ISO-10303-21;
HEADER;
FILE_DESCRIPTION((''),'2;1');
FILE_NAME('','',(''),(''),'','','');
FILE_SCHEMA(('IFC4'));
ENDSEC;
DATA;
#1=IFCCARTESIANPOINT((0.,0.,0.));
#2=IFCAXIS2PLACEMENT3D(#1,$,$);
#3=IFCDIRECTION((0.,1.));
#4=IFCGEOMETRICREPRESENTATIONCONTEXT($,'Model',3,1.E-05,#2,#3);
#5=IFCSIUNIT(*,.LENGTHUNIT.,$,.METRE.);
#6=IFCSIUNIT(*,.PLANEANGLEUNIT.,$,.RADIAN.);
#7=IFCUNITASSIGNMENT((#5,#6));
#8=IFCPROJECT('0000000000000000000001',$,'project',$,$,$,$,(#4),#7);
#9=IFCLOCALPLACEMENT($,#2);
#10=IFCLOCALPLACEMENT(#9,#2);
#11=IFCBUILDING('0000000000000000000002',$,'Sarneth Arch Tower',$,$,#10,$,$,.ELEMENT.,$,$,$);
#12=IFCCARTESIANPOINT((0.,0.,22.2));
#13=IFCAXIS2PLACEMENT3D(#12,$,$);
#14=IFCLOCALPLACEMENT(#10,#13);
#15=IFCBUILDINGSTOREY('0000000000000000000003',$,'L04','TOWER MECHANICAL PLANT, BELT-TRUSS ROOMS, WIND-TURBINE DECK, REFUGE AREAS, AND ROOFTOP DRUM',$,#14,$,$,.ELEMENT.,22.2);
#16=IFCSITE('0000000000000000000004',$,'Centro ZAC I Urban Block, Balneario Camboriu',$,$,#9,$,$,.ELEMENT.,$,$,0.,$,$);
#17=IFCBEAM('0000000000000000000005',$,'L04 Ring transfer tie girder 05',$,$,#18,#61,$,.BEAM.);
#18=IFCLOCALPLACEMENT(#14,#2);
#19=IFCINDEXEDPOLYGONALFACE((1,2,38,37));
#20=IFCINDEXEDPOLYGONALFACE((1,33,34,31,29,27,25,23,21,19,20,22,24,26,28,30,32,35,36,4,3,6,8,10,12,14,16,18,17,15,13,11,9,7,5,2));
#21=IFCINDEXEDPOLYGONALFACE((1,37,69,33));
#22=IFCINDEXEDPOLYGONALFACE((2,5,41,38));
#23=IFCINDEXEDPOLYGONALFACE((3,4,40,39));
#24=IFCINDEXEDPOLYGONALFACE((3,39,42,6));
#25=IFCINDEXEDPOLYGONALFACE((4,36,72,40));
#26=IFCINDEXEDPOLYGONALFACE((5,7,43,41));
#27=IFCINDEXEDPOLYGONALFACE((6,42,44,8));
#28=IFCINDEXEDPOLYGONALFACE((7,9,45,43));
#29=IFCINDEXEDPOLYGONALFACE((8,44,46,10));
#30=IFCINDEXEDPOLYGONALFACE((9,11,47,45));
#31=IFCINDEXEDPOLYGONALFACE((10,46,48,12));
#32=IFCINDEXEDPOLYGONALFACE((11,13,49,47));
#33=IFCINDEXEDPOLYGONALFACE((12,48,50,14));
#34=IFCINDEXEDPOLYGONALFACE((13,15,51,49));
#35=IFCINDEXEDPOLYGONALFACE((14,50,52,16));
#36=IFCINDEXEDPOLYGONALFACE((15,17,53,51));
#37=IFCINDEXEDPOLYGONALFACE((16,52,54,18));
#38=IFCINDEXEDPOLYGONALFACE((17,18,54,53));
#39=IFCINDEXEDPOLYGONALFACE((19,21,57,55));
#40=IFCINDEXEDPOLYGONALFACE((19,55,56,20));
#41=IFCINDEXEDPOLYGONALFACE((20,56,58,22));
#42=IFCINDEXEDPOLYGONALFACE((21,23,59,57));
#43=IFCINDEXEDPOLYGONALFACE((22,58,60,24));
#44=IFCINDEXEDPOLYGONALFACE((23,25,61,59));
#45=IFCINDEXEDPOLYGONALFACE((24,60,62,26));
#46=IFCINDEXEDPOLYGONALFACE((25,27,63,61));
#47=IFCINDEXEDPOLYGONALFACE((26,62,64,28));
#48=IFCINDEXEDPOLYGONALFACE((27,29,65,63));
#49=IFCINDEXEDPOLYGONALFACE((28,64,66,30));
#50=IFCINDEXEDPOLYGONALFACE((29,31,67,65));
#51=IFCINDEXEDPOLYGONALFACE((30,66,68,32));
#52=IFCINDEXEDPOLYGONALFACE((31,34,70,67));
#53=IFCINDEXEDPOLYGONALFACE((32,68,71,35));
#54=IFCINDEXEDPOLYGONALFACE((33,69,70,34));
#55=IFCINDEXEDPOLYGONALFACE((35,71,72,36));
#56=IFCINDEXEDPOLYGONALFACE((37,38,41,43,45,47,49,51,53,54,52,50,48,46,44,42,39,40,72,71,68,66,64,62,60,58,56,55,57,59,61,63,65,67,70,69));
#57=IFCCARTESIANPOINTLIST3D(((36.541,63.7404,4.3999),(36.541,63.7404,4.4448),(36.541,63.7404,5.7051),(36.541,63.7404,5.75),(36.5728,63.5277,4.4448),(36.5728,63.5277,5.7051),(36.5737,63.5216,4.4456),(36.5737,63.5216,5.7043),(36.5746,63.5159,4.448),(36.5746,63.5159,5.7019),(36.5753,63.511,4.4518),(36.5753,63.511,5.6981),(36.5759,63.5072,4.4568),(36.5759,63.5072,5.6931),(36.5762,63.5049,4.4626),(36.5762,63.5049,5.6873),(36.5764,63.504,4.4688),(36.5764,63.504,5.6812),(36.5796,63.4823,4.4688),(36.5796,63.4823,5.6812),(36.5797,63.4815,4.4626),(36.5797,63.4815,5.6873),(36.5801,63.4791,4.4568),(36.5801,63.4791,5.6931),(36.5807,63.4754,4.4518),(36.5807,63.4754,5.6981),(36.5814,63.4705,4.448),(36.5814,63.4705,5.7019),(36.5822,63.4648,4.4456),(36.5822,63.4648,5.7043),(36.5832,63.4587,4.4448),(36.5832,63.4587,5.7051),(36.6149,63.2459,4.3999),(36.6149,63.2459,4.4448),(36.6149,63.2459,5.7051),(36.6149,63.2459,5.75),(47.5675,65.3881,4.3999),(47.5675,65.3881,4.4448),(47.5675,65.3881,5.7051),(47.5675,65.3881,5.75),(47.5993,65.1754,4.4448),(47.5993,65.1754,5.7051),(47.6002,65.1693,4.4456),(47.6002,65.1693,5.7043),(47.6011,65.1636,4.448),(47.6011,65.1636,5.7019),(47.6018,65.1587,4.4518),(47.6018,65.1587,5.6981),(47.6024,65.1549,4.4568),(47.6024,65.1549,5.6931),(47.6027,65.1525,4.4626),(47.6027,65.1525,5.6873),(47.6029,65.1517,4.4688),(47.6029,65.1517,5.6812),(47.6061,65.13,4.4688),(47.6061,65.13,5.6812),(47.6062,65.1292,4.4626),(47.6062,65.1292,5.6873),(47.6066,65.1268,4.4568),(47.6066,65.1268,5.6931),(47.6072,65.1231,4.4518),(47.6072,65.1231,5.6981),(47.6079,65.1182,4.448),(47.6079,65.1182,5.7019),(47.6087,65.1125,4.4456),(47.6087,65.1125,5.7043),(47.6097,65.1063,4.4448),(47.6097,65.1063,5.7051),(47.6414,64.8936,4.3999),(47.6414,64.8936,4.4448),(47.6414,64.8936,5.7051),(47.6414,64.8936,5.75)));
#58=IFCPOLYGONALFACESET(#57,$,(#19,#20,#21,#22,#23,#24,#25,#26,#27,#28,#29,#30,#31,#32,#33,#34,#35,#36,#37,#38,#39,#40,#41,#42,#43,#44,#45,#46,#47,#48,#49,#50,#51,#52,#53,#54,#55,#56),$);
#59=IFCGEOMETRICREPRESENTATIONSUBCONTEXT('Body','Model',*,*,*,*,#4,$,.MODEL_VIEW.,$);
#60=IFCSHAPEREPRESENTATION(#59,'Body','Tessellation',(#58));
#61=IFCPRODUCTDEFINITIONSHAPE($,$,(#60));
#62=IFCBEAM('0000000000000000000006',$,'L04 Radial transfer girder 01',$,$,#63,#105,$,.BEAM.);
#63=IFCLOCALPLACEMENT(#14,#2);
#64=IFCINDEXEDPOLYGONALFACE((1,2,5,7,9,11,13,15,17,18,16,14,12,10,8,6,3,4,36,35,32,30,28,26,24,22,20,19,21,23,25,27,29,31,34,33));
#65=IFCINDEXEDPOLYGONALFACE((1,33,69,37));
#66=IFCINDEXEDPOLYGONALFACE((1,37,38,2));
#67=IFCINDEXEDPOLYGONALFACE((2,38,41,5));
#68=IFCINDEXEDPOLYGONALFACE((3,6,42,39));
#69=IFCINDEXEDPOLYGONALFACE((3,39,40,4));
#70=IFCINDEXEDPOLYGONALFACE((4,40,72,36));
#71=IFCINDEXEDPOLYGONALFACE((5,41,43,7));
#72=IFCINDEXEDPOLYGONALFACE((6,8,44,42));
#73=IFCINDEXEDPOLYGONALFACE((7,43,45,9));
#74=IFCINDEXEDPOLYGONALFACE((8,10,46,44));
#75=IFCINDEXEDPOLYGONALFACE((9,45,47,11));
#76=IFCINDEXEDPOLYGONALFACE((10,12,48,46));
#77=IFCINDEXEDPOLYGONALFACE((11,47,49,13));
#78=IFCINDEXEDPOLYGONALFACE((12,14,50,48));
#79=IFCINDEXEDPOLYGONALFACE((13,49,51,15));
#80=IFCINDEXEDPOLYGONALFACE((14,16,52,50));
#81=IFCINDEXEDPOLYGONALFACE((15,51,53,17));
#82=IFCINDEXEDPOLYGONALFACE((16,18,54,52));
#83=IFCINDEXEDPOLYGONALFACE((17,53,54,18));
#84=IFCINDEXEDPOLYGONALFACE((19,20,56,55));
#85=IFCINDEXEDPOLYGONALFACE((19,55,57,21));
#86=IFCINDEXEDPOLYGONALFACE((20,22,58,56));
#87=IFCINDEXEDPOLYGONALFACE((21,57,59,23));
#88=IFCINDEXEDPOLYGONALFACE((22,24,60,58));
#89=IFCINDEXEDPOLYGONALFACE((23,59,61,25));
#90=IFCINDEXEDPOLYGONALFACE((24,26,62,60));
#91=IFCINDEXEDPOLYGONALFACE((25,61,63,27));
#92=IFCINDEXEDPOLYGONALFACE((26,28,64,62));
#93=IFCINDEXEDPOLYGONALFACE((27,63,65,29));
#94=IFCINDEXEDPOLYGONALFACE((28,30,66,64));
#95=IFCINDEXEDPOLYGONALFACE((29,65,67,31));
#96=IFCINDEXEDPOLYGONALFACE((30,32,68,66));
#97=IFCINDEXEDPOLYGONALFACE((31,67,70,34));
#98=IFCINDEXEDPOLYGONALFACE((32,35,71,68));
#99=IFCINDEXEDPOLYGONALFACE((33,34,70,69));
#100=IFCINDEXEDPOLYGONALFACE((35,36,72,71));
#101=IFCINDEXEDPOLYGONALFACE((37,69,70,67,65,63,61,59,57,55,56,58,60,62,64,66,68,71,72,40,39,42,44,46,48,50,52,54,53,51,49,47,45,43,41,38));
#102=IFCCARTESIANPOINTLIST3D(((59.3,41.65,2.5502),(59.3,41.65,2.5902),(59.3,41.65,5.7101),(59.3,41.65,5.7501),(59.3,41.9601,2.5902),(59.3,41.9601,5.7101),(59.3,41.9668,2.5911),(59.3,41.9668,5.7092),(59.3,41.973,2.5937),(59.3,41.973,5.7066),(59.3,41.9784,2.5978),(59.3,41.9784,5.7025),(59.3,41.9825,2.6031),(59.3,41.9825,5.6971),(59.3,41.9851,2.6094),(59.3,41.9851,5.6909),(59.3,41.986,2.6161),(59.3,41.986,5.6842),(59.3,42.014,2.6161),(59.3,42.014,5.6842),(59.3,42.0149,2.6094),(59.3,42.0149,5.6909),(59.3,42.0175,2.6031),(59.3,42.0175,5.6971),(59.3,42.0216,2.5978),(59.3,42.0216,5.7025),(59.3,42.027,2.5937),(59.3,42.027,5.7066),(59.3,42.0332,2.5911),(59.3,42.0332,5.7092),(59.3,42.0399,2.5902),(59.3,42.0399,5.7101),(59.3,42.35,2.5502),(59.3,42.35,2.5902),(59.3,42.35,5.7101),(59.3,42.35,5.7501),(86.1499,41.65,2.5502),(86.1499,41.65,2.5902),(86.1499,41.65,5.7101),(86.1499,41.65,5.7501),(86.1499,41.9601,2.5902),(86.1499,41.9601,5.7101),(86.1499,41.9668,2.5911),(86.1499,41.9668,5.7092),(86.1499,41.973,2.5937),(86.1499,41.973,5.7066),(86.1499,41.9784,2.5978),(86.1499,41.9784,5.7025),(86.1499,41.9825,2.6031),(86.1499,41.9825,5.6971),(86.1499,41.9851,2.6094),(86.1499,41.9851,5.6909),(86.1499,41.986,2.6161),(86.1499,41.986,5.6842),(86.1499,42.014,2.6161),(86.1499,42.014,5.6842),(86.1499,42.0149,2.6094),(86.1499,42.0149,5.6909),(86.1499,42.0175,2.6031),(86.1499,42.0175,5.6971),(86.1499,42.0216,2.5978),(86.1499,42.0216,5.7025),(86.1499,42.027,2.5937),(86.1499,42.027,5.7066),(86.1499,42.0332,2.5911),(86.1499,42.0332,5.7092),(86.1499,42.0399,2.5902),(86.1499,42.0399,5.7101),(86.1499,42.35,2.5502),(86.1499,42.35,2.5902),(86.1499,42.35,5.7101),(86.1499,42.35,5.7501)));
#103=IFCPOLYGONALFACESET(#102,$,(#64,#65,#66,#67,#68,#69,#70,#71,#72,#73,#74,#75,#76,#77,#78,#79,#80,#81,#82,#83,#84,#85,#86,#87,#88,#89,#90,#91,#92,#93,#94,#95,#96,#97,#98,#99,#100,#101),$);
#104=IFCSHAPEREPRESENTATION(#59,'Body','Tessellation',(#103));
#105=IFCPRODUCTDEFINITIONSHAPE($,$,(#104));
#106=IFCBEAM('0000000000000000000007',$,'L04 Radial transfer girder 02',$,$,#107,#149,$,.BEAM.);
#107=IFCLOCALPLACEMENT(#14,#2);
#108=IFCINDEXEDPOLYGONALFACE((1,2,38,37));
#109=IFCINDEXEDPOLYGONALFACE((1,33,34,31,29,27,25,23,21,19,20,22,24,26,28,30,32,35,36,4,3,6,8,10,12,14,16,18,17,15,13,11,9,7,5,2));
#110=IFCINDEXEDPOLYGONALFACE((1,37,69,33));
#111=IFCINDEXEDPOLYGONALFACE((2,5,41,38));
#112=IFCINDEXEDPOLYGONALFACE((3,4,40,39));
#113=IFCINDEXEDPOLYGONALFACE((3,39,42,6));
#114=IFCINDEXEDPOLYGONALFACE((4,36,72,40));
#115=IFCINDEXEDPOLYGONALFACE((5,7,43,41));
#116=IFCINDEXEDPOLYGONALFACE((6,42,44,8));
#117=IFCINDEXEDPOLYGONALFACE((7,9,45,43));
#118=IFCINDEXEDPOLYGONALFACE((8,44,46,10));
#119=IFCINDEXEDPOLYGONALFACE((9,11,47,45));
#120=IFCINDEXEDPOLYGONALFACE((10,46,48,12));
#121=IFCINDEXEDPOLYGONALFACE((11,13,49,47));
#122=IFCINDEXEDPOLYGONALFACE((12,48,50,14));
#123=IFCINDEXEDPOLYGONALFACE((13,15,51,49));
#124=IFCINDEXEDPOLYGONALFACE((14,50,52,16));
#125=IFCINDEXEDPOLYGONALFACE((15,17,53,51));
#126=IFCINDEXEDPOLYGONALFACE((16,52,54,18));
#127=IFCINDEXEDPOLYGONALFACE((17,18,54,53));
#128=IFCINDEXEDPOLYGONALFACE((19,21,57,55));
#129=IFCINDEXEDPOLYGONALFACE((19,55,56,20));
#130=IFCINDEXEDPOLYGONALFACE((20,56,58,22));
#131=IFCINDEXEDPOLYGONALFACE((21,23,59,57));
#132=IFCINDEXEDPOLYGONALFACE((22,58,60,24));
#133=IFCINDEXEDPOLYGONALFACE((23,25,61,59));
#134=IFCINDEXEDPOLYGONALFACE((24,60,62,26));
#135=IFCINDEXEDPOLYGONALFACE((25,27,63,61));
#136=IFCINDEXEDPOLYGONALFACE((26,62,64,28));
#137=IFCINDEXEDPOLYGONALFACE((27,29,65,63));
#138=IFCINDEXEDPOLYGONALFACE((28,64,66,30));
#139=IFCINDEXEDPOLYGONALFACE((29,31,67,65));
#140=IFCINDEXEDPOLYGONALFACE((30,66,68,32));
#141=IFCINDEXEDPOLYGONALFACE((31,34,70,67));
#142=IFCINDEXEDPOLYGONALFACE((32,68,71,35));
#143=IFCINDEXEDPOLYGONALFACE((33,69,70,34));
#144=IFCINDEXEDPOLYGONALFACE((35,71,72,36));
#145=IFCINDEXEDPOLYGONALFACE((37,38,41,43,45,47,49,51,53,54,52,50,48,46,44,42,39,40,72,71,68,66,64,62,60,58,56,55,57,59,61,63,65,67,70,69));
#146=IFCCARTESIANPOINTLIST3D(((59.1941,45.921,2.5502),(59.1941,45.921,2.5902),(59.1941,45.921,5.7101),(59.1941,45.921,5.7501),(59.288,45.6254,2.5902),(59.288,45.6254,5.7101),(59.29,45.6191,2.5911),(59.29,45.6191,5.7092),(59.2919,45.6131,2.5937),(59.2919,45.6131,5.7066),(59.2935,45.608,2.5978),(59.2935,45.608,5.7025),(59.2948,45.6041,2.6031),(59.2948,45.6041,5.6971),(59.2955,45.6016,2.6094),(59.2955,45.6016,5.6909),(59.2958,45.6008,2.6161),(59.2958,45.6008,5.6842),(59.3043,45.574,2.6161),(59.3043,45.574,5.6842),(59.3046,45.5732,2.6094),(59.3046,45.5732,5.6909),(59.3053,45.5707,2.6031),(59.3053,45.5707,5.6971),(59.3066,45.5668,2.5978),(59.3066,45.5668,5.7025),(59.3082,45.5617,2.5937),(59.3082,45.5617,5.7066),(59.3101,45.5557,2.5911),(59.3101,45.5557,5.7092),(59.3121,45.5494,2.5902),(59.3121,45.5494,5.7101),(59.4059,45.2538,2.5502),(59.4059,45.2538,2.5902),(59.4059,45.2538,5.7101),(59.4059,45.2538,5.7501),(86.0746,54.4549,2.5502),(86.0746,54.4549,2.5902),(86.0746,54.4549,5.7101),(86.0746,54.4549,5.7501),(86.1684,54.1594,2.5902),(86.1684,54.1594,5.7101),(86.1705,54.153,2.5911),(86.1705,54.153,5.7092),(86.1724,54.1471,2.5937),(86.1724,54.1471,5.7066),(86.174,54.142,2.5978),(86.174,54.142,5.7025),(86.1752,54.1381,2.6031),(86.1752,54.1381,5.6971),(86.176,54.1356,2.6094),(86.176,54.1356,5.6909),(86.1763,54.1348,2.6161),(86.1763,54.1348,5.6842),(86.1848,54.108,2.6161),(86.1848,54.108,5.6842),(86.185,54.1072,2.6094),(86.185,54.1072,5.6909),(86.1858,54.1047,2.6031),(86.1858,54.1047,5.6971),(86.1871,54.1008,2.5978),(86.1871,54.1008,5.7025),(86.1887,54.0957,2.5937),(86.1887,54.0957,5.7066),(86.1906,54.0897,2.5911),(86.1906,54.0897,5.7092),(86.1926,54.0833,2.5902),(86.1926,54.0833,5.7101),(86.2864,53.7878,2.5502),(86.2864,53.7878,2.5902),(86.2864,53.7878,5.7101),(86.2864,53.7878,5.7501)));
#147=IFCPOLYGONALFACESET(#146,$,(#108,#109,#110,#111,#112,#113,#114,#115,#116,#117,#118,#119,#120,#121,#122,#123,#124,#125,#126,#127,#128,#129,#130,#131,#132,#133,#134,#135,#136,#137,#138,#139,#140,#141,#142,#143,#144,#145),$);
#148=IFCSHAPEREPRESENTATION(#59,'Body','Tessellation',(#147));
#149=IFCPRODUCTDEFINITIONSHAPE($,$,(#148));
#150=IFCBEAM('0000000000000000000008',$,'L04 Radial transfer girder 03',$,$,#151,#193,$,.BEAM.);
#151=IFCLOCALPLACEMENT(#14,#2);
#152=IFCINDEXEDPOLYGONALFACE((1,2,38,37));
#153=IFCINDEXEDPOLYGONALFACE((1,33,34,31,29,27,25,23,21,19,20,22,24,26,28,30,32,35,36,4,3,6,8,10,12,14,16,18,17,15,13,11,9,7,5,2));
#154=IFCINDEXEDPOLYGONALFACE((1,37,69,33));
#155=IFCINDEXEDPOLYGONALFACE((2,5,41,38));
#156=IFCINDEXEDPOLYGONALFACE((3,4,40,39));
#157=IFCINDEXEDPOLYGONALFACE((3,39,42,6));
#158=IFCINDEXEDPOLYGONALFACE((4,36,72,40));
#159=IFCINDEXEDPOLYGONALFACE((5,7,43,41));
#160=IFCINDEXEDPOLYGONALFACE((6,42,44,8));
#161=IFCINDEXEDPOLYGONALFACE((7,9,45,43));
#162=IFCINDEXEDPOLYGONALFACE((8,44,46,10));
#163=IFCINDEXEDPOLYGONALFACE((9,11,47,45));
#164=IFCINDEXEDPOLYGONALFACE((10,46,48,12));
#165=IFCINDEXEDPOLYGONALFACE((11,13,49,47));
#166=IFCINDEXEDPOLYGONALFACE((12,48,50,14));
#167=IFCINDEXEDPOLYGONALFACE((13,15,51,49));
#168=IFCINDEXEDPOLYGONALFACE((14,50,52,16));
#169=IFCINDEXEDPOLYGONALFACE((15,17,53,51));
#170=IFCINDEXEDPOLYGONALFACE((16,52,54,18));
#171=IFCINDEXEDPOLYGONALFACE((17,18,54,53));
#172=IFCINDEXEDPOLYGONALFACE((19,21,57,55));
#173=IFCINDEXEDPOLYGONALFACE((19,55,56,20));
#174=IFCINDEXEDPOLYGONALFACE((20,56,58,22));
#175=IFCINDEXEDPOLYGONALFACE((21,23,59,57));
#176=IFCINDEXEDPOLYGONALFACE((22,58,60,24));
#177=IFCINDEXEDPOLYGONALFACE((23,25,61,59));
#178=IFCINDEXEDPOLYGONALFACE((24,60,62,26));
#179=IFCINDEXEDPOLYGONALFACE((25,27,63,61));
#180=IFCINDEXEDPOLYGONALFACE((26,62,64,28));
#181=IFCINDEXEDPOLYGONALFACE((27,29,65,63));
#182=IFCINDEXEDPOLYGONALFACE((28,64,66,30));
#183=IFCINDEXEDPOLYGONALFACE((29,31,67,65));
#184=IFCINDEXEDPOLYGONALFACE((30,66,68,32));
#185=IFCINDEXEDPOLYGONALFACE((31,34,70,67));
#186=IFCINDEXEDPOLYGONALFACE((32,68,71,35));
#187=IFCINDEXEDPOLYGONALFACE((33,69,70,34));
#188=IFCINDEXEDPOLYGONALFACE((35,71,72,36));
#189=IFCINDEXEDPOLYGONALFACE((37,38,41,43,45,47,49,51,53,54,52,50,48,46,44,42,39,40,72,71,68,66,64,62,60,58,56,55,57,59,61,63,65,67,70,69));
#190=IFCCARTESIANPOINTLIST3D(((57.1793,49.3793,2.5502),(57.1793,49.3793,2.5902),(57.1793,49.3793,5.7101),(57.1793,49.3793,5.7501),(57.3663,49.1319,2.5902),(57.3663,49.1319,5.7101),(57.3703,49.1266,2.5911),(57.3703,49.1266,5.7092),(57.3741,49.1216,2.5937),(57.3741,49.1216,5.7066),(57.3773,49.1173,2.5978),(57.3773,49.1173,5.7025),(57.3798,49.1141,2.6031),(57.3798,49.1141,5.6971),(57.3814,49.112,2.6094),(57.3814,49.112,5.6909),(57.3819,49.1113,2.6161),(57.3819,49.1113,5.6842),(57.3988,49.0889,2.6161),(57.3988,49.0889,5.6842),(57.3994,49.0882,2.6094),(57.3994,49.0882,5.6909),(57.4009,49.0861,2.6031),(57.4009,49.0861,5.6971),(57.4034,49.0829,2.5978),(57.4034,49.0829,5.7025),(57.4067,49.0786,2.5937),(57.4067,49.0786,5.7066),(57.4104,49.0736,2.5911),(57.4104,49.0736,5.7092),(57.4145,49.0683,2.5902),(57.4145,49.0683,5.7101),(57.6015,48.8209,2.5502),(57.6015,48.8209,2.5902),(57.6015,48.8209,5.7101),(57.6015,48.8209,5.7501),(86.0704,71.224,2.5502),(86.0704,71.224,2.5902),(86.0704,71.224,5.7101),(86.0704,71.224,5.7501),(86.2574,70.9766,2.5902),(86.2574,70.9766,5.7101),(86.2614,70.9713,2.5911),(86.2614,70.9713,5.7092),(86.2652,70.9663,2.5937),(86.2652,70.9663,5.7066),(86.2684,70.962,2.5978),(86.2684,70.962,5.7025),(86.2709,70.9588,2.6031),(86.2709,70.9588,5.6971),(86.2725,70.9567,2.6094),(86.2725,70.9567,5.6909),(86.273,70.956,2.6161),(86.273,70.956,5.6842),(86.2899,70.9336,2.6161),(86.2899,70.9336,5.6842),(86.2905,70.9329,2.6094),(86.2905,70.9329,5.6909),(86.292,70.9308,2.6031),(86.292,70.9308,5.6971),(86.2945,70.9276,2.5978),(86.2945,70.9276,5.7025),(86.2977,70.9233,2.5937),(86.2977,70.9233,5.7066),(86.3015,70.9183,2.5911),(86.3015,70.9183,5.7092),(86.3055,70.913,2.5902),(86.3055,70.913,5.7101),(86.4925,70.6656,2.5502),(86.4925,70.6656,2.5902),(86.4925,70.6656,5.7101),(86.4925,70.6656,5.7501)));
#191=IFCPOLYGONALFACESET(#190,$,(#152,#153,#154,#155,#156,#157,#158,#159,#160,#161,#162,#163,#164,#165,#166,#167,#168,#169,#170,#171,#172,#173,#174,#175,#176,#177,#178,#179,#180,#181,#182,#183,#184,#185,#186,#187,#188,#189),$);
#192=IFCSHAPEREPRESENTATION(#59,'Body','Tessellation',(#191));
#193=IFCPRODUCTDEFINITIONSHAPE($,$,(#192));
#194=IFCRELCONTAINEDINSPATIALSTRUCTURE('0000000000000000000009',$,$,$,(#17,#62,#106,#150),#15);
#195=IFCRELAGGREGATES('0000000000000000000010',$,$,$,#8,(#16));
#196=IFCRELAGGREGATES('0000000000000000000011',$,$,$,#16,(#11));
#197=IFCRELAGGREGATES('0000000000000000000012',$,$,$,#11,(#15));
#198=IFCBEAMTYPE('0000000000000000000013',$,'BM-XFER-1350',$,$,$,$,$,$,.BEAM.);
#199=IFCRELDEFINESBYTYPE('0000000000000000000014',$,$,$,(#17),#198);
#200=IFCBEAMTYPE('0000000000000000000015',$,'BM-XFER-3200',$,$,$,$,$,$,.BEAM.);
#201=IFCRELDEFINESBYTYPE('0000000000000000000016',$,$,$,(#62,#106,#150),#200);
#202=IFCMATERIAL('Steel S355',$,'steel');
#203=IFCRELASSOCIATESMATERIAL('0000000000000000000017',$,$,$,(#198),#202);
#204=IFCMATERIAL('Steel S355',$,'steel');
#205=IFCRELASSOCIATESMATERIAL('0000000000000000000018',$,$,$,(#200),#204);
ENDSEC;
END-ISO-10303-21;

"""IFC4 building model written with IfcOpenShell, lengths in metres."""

from ifc_helpers import new_model, si_unit, direction, frame, origin, origin_2d, place, context, subcontext, project, spatial, i_section, extrude, material, material_profile, profile_set, type_object, element, save


model = new_model("IFC4")

# Units and contexts
model_context = context("Model", 3, precision=1e-05, world=origin(), true_north=direction((0.0, 1.0)))
body_context = subcontext(model_context, "Body", "Model", "MODEL_VIEW")
ifc_project = project(units=[si_unit("LENGTHUNIT", "METRE"), si_unit("PLANEANGLEUNIT", "RADIAN")], contexts=[model_context])

# Site, building, storey
site_placement = place(None, origin())
site = spatial("IfcSite", under=ifc_project, at=site_placement, Name="Centro ZAC I Urban Block, Balneario Camboriu", CompositionType="ELEMENT", RefElevation=0.0)
building_placement = place(site_placement, origin())
building = spatial("IfcBuilding", under=site, at=building_placement, Name="Sarneth Arch Tower", CompositionType="ELEMENT")
storey_placement = place(building_placement, frame((0.0, 0.0, 22.2)))
storey = spatial("IfcBuildingStorey", under=building, at=storey_placement, Name="L04", Description="TOWER MECHANICAL PLANT, BELT-TRUSS ROOMS, WIND-TURBINE DECK, REFUGE AREAS, AND ROOFTOP DRUM", CompositionType="ELEMENT", Elevation=22.2)

# Beams
ifc_material_1 = material(Name="Steel S355", Category="steel")
ifc_material_profile_1 = material_profile(ifc_material_1, i_section(OverallWidth=0.5, OverallDepth=1.3501, WebThickness=0.022, FlangeThickness=0.0449, FilletRadius=0.0239, at=origin_2d()), Name="CVS1350x595")
ifc_profile_set_1 = profile_set([ifc_material_profile_1], Name="Steel S355")
beam_type_1 = type_object("IfcBeamType", Name="BM-XFER-1350", PredefinedType="BEAM", material=ifc_profile_set_1)
for number, where, z_axis, x_axis, name in (
    (1, (47.6045, 65.1409, 5.075), (-0.989019, -0.147789, 0.0), (0.147789, -0.989019, 0.0), "L04 Ring transfer tie girder 05"),
):
    element("IfcBeam", number, at=place(storey_placement, frame(where, z_axis=z_axis, x_axis=x_axis)), inside=storey, type_object=beam_type_1, Name=name, PredefinedType="BEAM", context=body_context, shape_type="SweptSolid", body=[
        extrude(i_section(OverallWidth=0.5, OverallDepth=1.3501, WebThickness=0.022, FlangeThickness=0.0449, FilletRadius=0.0239, at=origin_2d()), origin(), (0.0, 0.0, 1.0), 11.1489),
    ])
ifc_material_2 = material(Name="Steel S355", Category="steel")
ifc_material_profile_2 = material_profile(ifc_material_2, i_section(OverallWidth=0.7, OverallDepth=3.2, WebThickness=0.0281, FlangeThickness=0.04, FilletRadius=0.0259, at=origin_2d()), Name="CVS3200x1090")
ifc_profile_set_2 = profile_set([ifc_material_profile_2], Name="Steel S355")
beam_type_2 = type_object("IfcBeamType", Name="BM-XFER-3200", PredefinedType="BEAM", material=ifc_profile_set_2)
beam_1_placement = place(storey_placement, frame((59.3, 42.0, 4.1501), z_axis=(1.0, 0.0, 0.0), x_axis=(0.0, 1.0, 0.0)))
element("IfcBeam", 2, at=beam_1_placement, inside=storey, type_object=beam_type_2, Name="L04 Radial transfer girder 01", PredefinedType="BEAM", context=body_context, shape_type="SweptSolid", body=[
    extrude(i_section(OverallWidth=0.7, OverallDepth=3.2, WebThickness=0.0281, FlangeThickness=0.04, FilletRadius=0.0259, at=origin_2d()), origin(), (0.0, 0.0, 1.0), 26.8499),
])
beam_2_placement = place(storey_placement, frame((59.3, 45.5874, 4.1501), z_axis=(0.953119, 0.302595, 0.0), x_axis=(-0.302595, 0.953119, 0.0)))
element("IfcBeam", 3, at=beam_2_placement, inside=storey, type_object=beam_type_2, Name="L04 Radial transfer girder 02", PredefinedType="BEAM", context=body_context, shape_type="SweptSolid", body=[
    extrude(i_section(OverallWidth=0.7, OverallDepth=3.2, WebThickness=0.0281, FlangeThickness=0.04, FilletRadius=0.0259, at=origin_2d()), origin(), (0.0, 0.0, 1.0), 28.2026),
])
beam_3_placement = place(storey_placement, frame((57.3904, 49.1001, 4.1501), z_axis=(0.797656, 0.603112, 0.0), x_axis=(-0.603112, 0.797656, 0.0)))
element("IfcBeam", 4, at=beam_3_placement, inside=storey, type_object=beam_type_2, Name="L04 Radial transfer girder 03", PredefinedType="BEAM", context=body_context, shape_type="SweptSolid", body=[
    extrude(i_section(OverallWidth=0.7, OverallDepth=3.2, WebThickness=0.0281, FlangeThickness=0.04, FilletRadius=0.0259, at=origin_2d()), origin(), (0.0, 0.0, 1.0), 36.22),
])

save(model, "model.ifc")
